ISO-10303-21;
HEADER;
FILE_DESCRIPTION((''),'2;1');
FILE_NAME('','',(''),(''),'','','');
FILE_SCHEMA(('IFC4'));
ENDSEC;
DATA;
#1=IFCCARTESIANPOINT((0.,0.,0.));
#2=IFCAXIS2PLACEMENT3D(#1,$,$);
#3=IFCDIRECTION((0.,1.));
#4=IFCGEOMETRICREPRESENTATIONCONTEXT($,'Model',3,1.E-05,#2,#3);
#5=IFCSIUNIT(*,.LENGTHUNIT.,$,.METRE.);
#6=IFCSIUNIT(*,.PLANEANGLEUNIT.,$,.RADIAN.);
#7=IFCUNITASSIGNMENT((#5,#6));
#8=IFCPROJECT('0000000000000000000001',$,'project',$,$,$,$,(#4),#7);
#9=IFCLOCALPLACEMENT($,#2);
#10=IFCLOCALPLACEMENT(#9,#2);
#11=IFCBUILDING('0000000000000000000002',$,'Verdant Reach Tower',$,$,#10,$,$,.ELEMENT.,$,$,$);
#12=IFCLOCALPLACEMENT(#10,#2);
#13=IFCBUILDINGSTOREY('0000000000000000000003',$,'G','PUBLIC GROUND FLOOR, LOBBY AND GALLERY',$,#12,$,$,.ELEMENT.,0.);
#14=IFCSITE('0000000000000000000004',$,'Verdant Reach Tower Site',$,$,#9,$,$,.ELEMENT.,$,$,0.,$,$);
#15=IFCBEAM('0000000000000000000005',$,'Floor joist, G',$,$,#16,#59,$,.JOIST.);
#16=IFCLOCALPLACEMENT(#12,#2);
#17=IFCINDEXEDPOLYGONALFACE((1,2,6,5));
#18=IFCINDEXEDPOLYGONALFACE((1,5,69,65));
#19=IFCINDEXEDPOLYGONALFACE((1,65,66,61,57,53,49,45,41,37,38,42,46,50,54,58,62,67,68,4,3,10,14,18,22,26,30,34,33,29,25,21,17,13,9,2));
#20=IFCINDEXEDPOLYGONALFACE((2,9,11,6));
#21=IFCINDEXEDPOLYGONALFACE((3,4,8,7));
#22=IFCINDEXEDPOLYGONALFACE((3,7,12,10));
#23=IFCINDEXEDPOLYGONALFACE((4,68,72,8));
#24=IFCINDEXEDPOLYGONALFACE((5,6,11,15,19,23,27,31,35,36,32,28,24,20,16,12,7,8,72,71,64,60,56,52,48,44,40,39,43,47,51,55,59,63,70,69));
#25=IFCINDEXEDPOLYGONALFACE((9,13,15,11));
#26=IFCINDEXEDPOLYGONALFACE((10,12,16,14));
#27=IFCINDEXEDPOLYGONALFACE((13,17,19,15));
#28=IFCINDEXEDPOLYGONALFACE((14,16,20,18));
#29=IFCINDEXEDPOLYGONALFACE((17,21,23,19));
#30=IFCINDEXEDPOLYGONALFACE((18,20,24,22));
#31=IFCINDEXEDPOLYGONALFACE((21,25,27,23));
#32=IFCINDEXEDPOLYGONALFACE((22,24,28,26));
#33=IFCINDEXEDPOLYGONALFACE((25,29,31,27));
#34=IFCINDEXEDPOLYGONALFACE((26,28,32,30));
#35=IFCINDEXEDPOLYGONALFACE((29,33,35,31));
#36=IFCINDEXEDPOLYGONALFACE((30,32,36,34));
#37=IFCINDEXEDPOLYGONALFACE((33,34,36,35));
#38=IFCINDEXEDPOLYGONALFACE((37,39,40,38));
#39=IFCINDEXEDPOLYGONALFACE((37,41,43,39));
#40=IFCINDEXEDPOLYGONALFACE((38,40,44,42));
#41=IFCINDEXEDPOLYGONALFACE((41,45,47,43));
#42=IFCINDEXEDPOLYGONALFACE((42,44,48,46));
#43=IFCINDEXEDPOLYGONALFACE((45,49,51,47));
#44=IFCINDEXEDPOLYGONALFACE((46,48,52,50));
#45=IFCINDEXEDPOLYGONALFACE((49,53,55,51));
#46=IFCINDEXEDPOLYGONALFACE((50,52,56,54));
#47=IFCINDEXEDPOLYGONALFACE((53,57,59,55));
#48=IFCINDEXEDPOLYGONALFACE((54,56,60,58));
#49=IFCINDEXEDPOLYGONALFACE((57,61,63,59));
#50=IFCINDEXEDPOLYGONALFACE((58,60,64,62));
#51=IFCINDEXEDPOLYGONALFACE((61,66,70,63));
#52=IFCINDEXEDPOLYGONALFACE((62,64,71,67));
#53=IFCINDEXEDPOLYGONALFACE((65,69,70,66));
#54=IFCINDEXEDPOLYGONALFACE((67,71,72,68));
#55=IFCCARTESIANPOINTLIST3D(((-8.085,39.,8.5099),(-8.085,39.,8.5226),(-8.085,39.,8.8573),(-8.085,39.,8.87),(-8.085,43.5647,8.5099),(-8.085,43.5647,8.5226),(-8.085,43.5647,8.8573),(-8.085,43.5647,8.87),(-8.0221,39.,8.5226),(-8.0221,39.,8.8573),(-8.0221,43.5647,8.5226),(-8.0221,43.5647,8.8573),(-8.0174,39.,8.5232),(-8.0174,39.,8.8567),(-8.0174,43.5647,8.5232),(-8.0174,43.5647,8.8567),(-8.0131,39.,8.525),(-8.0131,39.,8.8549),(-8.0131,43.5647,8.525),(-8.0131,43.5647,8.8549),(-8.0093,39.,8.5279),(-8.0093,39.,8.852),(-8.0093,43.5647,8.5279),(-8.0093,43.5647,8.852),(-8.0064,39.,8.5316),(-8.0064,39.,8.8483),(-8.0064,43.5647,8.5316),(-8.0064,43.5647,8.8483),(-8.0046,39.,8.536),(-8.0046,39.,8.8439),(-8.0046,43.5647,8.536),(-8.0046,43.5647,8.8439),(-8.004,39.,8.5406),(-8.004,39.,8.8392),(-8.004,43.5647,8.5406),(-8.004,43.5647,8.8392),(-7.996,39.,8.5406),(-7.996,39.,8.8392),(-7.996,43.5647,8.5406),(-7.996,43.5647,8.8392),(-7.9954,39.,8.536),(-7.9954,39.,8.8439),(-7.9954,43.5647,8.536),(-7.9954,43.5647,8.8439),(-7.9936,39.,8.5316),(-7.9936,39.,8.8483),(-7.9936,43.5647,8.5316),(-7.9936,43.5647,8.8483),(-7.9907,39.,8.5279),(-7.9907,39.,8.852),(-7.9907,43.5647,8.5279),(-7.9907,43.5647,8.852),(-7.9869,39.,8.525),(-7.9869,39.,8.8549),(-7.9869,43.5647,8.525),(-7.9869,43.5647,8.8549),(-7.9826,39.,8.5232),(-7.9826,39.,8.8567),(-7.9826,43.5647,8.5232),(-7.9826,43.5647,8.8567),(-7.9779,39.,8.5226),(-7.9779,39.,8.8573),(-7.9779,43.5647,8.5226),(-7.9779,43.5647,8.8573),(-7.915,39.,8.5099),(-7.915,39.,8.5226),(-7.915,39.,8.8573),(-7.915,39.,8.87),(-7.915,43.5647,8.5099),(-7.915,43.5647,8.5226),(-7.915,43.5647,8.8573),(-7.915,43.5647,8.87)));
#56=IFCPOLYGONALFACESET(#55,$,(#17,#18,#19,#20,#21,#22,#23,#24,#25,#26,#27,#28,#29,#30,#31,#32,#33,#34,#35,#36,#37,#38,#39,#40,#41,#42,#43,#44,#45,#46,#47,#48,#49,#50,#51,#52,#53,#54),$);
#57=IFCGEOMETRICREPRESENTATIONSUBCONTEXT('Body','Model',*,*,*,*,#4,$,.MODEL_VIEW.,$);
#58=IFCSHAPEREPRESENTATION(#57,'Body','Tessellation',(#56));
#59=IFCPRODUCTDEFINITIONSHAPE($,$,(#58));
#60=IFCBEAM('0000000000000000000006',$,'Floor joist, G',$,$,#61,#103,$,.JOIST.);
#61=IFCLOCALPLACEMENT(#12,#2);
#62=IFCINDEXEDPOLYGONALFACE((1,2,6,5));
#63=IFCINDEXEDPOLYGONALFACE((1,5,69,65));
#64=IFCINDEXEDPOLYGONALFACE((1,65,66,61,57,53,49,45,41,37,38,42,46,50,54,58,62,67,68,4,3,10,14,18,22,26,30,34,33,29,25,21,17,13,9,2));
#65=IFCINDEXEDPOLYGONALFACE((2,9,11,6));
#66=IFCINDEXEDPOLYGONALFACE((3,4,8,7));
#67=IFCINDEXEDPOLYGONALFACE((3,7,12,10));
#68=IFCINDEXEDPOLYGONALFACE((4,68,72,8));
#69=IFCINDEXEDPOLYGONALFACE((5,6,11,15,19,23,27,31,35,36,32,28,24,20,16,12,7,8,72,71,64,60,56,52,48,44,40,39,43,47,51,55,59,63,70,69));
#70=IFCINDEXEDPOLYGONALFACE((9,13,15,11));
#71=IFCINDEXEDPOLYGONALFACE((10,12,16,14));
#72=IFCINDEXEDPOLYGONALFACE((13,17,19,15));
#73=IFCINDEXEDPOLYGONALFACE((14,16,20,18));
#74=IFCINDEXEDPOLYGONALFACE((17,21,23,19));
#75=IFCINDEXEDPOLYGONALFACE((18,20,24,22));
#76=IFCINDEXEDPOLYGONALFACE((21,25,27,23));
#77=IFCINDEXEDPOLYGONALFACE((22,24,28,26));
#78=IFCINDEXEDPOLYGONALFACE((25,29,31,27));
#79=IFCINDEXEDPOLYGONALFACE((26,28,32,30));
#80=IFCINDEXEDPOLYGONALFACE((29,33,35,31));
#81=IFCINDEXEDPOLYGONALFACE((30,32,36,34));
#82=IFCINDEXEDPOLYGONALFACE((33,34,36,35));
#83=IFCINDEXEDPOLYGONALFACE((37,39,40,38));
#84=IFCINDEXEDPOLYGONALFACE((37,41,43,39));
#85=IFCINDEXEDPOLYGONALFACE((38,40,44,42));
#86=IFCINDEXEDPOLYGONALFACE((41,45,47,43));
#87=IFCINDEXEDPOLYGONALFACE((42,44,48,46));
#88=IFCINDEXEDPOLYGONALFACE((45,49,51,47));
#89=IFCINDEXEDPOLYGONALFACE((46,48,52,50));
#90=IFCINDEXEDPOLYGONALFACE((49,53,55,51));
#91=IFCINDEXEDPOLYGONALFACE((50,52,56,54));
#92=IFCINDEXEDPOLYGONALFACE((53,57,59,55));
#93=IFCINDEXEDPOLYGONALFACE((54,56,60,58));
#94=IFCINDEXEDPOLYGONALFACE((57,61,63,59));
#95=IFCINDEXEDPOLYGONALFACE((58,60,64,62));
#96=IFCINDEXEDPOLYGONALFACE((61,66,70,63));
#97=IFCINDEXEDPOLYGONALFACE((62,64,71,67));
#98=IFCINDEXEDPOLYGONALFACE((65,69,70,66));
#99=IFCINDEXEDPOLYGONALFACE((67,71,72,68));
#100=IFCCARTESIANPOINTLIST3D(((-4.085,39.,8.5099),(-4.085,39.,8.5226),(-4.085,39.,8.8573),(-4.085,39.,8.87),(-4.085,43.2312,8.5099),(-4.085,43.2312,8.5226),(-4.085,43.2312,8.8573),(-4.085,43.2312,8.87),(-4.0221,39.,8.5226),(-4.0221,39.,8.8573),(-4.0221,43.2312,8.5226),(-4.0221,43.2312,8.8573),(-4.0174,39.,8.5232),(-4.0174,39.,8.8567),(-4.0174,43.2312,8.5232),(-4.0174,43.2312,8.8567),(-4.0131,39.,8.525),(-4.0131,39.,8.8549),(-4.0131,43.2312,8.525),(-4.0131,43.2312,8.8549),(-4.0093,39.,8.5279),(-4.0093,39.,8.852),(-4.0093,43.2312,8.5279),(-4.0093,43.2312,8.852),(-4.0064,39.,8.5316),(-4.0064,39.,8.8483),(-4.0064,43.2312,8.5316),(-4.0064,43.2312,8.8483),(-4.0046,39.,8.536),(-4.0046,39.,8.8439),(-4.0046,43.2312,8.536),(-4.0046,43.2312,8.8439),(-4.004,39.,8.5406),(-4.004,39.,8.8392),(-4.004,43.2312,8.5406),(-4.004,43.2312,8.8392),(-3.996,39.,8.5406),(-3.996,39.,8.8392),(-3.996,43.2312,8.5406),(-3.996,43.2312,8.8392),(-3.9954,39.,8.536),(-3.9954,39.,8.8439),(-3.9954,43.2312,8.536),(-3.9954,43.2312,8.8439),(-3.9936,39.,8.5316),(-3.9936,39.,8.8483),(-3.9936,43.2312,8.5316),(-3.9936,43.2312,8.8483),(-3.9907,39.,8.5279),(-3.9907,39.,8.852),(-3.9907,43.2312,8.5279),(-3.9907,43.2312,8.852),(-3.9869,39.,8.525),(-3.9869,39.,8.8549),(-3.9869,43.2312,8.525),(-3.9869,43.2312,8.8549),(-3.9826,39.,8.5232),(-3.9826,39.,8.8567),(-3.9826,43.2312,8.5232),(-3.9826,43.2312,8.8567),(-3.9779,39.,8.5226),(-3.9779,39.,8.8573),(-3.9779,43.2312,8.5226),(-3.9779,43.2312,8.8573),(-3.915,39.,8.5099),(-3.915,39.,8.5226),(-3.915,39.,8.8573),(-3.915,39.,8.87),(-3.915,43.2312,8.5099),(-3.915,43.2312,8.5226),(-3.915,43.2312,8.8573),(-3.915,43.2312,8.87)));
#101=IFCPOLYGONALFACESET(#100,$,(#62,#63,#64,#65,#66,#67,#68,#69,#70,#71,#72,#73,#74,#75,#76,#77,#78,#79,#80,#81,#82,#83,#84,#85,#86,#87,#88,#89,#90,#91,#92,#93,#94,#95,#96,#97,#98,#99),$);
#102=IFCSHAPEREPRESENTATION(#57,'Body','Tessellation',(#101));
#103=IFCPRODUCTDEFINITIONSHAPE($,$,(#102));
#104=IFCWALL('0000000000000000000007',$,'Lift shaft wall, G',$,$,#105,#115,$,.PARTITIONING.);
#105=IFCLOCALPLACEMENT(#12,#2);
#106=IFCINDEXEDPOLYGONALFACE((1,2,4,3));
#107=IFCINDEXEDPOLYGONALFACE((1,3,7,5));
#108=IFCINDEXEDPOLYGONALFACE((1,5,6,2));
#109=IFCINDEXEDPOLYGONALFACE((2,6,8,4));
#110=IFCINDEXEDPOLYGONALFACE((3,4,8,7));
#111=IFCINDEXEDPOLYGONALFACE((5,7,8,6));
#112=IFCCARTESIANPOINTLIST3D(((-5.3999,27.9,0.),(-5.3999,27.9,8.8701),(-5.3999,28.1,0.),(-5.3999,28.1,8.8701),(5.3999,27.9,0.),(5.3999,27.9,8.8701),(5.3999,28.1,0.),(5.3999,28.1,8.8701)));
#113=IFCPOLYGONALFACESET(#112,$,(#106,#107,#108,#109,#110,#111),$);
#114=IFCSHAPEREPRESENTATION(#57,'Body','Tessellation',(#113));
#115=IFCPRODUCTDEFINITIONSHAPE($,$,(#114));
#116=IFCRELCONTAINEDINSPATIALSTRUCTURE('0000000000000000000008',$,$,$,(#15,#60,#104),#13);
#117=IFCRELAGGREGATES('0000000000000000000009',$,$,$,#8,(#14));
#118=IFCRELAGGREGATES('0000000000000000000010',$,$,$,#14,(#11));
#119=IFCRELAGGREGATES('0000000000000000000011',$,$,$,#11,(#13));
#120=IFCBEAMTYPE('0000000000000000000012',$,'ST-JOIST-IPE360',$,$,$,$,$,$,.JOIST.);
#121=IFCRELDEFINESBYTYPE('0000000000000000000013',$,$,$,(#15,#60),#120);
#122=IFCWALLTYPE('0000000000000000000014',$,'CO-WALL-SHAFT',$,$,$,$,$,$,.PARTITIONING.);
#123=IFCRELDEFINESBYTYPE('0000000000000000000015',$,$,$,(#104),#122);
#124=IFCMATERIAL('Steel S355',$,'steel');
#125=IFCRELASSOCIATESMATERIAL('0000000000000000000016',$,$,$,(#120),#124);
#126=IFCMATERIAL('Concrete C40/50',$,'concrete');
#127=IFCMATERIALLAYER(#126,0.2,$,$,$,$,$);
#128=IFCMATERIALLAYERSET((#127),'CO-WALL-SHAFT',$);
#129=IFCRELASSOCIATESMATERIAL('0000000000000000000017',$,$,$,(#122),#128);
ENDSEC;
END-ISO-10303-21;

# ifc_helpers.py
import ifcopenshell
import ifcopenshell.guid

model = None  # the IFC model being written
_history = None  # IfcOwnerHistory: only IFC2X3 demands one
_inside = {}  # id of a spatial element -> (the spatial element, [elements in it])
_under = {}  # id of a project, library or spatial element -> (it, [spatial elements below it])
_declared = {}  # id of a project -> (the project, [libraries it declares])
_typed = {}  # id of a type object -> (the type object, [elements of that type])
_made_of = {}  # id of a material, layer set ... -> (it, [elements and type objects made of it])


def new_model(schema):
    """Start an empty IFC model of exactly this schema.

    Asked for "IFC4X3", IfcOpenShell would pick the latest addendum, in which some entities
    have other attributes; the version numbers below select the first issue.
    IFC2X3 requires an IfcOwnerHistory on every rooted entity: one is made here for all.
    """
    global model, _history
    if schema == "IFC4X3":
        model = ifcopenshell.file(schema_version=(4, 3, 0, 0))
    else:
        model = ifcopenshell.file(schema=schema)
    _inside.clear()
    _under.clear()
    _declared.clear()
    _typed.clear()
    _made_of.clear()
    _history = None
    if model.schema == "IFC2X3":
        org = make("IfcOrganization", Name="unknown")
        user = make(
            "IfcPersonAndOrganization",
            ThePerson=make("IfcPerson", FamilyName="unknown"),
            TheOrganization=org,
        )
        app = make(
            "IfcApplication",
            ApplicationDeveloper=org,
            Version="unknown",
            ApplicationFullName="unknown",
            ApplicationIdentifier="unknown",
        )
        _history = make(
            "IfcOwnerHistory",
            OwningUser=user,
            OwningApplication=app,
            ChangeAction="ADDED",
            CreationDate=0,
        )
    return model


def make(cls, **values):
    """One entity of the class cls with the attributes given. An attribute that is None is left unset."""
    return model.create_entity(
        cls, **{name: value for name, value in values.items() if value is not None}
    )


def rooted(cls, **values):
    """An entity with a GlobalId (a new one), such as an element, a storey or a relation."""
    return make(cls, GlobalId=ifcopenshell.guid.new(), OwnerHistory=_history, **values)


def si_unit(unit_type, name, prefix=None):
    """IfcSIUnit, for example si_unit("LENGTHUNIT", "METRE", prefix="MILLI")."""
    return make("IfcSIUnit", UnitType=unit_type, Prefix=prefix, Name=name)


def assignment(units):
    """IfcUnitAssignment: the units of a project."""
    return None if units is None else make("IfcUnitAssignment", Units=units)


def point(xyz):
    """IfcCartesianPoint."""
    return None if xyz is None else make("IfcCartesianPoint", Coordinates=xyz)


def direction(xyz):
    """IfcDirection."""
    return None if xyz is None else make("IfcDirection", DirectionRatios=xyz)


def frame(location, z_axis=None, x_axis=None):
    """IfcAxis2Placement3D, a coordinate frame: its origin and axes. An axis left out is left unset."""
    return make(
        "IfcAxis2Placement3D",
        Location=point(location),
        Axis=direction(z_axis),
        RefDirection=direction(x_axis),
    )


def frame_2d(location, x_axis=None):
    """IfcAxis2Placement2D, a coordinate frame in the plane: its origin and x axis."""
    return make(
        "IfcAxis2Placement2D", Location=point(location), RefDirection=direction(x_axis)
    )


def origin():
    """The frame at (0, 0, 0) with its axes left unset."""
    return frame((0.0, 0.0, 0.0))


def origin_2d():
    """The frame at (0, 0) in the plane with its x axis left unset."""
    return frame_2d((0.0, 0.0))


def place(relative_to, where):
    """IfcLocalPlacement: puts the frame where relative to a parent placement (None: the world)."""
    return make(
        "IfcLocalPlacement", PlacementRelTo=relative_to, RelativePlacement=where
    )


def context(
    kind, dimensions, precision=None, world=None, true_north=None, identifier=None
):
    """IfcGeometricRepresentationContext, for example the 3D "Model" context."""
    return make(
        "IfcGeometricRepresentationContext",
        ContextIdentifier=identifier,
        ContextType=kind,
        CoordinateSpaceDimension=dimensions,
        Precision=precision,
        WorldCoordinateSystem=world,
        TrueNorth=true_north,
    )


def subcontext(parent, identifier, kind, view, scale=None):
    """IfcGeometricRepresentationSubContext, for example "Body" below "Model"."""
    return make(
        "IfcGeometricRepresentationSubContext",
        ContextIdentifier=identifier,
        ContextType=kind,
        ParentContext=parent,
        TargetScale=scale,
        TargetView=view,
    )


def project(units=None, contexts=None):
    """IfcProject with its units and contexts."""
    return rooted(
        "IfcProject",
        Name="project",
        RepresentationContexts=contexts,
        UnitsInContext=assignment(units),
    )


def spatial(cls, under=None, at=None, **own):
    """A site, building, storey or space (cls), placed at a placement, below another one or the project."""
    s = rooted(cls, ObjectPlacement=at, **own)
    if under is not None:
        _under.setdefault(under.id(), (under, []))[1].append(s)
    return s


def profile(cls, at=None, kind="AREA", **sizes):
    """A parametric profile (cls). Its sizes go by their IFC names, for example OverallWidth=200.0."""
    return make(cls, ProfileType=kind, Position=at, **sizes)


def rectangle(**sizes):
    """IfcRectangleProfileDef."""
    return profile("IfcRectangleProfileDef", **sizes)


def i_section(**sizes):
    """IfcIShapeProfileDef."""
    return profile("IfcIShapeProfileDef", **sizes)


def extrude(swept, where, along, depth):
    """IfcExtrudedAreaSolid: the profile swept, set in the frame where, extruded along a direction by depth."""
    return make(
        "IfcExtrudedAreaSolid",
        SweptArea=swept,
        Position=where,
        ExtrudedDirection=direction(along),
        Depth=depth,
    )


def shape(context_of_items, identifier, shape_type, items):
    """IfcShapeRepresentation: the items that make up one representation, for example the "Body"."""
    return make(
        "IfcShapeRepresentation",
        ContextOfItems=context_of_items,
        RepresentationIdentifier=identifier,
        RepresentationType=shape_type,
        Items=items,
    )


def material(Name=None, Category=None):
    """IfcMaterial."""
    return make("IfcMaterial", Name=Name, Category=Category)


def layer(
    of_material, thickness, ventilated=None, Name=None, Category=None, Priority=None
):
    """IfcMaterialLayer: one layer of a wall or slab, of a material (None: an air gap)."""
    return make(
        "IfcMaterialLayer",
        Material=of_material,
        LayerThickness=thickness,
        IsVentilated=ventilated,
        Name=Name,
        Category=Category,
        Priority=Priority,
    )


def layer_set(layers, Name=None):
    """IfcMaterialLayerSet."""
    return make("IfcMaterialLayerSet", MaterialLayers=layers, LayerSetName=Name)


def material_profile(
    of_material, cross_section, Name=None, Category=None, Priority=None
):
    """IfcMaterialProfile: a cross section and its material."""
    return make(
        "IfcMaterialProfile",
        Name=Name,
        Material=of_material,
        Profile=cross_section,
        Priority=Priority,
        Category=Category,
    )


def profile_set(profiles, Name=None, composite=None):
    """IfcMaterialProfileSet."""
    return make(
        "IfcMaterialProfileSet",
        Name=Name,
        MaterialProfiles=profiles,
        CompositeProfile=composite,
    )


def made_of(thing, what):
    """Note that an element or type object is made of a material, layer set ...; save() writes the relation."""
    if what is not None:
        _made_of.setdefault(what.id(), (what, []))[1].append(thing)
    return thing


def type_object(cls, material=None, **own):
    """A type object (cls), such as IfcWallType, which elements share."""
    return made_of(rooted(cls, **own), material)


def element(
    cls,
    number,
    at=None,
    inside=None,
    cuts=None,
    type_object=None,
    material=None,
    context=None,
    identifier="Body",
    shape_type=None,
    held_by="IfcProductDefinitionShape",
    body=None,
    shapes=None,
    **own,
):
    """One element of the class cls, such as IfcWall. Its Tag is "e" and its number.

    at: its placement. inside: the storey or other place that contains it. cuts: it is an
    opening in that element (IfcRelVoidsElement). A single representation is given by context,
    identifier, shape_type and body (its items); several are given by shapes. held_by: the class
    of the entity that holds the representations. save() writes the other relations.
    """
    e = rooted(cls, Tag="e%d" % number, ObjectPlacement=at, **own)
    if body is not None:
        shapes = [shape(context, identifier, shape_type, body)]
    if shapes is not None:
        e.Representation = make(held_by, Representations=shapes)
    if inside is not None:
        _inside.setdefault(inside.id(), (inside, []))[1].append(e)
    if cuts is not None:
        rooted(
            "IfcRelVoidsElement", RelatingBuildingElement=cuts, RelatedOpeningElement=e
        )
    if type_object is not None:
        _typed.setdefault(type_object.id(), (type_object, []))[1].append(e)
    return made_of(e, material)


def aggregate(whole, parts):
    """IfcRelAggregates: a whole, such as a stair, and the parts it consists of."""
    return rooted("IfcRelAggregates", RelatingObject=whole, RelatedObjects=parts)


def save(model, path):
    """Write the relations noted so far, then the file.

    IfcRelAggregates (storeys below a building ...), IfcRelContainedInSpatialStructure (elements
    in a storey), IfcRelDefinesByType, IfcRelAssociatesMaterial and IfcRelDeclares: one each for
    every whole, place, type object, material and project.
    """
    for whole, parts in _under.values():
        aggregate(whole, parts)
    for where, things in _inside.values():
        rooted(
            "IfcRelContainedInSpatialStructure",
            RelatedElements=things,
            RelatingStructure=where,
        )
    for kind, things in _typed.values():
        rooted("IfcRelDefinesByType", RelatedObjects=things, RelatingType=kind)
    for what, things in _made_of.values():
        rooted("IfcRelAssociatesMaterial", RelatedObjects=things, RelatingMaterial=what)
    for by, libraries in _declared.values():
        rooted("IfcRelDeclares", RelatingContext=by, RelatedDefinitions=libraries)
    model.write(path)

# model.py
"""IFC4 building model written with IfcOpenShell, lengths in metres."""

from ifc_helpers import new_model, si_unit, direction, frame, frame_2d, origin, origin_2d, place, context, subcontext, project, spatial, rectangle, i_section, extrude, material, layer, layer_set, material_profile, profile_set, type_object, element, save


model = new_model("IFC4")

# Units and contexts
model_context = context("Model", 3, precision=1e-05, world=origin(), true_north=direction((0.0, 1.0)))
body_context = subcontext(model_context, "Body", "Model", "MODEL_VIEW")
ifc_project = project(units=[si_unit("LENGTHUNIT", "METRE"), si_unit("PLANEANGLEUNIT", "RADIAN")], contexts=[model_context])

# Site, building, storey
site_placement = place(None, origin())
site = spatial("IfcSite", under=ifc_project, at=site_placement, Name="Verdant Reach Tower Site", CompositionType="ELEMENT", RefElevation=0.0)
building_placement = place(site_placement, origin())
building = spatial("IfcBuilding", under=site, at=building_placement, Name="Verdant Reach Tower", CompositionType="ELEMENT")
storey_placement = place(building_placement, origin())
storey = spatial("IfcBuildingStorey", under=building, at=storey_placement, Name="G", Description="PUBLIC GROUND FLOOR, LOBBY AND GALLERY", CompositionType="ELEMENT", Elevation=0.0)

# Beams
ifc_material_1 = material(Name="Steel S355", Category="steel")
ifc_material_profile = material_profile(ifc_material_1, i_section(OverallWidth=0.1699, OverallDepth=0.3601, WebThickness=0.0081, FlangeThickness=0.0127, FilletRadius=0.0181, at=origin_2d()), Name="IPE 360")
ifc_profile_set = profile_set([ifc_material_profile], Name="Steel S355")
beam_type = type_object("IfcBeamType", Name="ST-JOIST-IPE360", PredefinedType="JOIST", material=ifc_profile_set)
beam_1_placement = place(storey_placement, frame((-8.0, 39.0, 8.6899), z_axis=(0.0, 1.0, 0.0), x_axis=(-1.0, 0.0, 0.0)))
element("IfcBeam", 1, at=beam_1_placement, inside=storey, type_object=beam_type, Name="Floor joist, G", PredefinedType="JOIST", context=body_context, shape_type="SweptSolid", body=[
    extrude(i_section(OverallWidth=0.1699, OverallDepth=0.3601, WebThickness=0.0081, FlangeThickness=0.0127, FilletRadius=0.0181, at=origin_2d()), origin(), (0.0, 0.0, 1.0), 4.5647),
])
beam_2_placement = place(storey_placement, frame((-4.0, 39.0, 8.6899), z_axis=(0.0, 1.0, 0.0), x_axis=(-1.0, 0.0, 0.0)))
element("IfcBeam", 2, at=beam_2_placement, inside=storey, type_object=beam_type, Name="Floor joist, G", PredefinedType="JOIST", context=body_context, shape_type="SweptSolid", body=[
    extrude(i_section(OverallWidth=0.1699, OverallDepth=0.3601, WebThickness=0.0081, FlangeThickness=0.0127, FilletRadius=0.0181, at=origin_2d()), origin(), (0.0, 0.0, 1.0), 4.2312),
])

# Wall
ifc_material_2 = material(Name="Concrete C40/50", Category="concrete")
ifc_layer = layer(ifc_material_2, 0.2)
ifc_layer_set = layer_set([ifc_layer], Name="CO-WALL-SHAFT")
wall_type = type_object("IfcWallType", Name="CO-WALL-SHAFT", PredefinedType="PARTITIONING", material=ifc_layer_set)
wall_1_placement = place(storey_placement, frame((-5.3999, 28.0, 0.0), z_axis=(0.0, 0.0, 1.0), x_axis=(1.0, 0.0, 0.0)))
element("IfcWall", 3, at=wall_1_placement, inside=storey, type_object=wall_type, Name="Lift shaft wall, G", PredefinedType="PARTITIONING", context=body_context, shape_type="SweptSolid", body=[
    extrude(rectangle(XDim=10.7998, YDim=0.2, at=frame_2d((5.3999, 0.0))), origin(), (0.0, 0.0, 1.0), 8.8701),
])

save(model, "model.ifc")
